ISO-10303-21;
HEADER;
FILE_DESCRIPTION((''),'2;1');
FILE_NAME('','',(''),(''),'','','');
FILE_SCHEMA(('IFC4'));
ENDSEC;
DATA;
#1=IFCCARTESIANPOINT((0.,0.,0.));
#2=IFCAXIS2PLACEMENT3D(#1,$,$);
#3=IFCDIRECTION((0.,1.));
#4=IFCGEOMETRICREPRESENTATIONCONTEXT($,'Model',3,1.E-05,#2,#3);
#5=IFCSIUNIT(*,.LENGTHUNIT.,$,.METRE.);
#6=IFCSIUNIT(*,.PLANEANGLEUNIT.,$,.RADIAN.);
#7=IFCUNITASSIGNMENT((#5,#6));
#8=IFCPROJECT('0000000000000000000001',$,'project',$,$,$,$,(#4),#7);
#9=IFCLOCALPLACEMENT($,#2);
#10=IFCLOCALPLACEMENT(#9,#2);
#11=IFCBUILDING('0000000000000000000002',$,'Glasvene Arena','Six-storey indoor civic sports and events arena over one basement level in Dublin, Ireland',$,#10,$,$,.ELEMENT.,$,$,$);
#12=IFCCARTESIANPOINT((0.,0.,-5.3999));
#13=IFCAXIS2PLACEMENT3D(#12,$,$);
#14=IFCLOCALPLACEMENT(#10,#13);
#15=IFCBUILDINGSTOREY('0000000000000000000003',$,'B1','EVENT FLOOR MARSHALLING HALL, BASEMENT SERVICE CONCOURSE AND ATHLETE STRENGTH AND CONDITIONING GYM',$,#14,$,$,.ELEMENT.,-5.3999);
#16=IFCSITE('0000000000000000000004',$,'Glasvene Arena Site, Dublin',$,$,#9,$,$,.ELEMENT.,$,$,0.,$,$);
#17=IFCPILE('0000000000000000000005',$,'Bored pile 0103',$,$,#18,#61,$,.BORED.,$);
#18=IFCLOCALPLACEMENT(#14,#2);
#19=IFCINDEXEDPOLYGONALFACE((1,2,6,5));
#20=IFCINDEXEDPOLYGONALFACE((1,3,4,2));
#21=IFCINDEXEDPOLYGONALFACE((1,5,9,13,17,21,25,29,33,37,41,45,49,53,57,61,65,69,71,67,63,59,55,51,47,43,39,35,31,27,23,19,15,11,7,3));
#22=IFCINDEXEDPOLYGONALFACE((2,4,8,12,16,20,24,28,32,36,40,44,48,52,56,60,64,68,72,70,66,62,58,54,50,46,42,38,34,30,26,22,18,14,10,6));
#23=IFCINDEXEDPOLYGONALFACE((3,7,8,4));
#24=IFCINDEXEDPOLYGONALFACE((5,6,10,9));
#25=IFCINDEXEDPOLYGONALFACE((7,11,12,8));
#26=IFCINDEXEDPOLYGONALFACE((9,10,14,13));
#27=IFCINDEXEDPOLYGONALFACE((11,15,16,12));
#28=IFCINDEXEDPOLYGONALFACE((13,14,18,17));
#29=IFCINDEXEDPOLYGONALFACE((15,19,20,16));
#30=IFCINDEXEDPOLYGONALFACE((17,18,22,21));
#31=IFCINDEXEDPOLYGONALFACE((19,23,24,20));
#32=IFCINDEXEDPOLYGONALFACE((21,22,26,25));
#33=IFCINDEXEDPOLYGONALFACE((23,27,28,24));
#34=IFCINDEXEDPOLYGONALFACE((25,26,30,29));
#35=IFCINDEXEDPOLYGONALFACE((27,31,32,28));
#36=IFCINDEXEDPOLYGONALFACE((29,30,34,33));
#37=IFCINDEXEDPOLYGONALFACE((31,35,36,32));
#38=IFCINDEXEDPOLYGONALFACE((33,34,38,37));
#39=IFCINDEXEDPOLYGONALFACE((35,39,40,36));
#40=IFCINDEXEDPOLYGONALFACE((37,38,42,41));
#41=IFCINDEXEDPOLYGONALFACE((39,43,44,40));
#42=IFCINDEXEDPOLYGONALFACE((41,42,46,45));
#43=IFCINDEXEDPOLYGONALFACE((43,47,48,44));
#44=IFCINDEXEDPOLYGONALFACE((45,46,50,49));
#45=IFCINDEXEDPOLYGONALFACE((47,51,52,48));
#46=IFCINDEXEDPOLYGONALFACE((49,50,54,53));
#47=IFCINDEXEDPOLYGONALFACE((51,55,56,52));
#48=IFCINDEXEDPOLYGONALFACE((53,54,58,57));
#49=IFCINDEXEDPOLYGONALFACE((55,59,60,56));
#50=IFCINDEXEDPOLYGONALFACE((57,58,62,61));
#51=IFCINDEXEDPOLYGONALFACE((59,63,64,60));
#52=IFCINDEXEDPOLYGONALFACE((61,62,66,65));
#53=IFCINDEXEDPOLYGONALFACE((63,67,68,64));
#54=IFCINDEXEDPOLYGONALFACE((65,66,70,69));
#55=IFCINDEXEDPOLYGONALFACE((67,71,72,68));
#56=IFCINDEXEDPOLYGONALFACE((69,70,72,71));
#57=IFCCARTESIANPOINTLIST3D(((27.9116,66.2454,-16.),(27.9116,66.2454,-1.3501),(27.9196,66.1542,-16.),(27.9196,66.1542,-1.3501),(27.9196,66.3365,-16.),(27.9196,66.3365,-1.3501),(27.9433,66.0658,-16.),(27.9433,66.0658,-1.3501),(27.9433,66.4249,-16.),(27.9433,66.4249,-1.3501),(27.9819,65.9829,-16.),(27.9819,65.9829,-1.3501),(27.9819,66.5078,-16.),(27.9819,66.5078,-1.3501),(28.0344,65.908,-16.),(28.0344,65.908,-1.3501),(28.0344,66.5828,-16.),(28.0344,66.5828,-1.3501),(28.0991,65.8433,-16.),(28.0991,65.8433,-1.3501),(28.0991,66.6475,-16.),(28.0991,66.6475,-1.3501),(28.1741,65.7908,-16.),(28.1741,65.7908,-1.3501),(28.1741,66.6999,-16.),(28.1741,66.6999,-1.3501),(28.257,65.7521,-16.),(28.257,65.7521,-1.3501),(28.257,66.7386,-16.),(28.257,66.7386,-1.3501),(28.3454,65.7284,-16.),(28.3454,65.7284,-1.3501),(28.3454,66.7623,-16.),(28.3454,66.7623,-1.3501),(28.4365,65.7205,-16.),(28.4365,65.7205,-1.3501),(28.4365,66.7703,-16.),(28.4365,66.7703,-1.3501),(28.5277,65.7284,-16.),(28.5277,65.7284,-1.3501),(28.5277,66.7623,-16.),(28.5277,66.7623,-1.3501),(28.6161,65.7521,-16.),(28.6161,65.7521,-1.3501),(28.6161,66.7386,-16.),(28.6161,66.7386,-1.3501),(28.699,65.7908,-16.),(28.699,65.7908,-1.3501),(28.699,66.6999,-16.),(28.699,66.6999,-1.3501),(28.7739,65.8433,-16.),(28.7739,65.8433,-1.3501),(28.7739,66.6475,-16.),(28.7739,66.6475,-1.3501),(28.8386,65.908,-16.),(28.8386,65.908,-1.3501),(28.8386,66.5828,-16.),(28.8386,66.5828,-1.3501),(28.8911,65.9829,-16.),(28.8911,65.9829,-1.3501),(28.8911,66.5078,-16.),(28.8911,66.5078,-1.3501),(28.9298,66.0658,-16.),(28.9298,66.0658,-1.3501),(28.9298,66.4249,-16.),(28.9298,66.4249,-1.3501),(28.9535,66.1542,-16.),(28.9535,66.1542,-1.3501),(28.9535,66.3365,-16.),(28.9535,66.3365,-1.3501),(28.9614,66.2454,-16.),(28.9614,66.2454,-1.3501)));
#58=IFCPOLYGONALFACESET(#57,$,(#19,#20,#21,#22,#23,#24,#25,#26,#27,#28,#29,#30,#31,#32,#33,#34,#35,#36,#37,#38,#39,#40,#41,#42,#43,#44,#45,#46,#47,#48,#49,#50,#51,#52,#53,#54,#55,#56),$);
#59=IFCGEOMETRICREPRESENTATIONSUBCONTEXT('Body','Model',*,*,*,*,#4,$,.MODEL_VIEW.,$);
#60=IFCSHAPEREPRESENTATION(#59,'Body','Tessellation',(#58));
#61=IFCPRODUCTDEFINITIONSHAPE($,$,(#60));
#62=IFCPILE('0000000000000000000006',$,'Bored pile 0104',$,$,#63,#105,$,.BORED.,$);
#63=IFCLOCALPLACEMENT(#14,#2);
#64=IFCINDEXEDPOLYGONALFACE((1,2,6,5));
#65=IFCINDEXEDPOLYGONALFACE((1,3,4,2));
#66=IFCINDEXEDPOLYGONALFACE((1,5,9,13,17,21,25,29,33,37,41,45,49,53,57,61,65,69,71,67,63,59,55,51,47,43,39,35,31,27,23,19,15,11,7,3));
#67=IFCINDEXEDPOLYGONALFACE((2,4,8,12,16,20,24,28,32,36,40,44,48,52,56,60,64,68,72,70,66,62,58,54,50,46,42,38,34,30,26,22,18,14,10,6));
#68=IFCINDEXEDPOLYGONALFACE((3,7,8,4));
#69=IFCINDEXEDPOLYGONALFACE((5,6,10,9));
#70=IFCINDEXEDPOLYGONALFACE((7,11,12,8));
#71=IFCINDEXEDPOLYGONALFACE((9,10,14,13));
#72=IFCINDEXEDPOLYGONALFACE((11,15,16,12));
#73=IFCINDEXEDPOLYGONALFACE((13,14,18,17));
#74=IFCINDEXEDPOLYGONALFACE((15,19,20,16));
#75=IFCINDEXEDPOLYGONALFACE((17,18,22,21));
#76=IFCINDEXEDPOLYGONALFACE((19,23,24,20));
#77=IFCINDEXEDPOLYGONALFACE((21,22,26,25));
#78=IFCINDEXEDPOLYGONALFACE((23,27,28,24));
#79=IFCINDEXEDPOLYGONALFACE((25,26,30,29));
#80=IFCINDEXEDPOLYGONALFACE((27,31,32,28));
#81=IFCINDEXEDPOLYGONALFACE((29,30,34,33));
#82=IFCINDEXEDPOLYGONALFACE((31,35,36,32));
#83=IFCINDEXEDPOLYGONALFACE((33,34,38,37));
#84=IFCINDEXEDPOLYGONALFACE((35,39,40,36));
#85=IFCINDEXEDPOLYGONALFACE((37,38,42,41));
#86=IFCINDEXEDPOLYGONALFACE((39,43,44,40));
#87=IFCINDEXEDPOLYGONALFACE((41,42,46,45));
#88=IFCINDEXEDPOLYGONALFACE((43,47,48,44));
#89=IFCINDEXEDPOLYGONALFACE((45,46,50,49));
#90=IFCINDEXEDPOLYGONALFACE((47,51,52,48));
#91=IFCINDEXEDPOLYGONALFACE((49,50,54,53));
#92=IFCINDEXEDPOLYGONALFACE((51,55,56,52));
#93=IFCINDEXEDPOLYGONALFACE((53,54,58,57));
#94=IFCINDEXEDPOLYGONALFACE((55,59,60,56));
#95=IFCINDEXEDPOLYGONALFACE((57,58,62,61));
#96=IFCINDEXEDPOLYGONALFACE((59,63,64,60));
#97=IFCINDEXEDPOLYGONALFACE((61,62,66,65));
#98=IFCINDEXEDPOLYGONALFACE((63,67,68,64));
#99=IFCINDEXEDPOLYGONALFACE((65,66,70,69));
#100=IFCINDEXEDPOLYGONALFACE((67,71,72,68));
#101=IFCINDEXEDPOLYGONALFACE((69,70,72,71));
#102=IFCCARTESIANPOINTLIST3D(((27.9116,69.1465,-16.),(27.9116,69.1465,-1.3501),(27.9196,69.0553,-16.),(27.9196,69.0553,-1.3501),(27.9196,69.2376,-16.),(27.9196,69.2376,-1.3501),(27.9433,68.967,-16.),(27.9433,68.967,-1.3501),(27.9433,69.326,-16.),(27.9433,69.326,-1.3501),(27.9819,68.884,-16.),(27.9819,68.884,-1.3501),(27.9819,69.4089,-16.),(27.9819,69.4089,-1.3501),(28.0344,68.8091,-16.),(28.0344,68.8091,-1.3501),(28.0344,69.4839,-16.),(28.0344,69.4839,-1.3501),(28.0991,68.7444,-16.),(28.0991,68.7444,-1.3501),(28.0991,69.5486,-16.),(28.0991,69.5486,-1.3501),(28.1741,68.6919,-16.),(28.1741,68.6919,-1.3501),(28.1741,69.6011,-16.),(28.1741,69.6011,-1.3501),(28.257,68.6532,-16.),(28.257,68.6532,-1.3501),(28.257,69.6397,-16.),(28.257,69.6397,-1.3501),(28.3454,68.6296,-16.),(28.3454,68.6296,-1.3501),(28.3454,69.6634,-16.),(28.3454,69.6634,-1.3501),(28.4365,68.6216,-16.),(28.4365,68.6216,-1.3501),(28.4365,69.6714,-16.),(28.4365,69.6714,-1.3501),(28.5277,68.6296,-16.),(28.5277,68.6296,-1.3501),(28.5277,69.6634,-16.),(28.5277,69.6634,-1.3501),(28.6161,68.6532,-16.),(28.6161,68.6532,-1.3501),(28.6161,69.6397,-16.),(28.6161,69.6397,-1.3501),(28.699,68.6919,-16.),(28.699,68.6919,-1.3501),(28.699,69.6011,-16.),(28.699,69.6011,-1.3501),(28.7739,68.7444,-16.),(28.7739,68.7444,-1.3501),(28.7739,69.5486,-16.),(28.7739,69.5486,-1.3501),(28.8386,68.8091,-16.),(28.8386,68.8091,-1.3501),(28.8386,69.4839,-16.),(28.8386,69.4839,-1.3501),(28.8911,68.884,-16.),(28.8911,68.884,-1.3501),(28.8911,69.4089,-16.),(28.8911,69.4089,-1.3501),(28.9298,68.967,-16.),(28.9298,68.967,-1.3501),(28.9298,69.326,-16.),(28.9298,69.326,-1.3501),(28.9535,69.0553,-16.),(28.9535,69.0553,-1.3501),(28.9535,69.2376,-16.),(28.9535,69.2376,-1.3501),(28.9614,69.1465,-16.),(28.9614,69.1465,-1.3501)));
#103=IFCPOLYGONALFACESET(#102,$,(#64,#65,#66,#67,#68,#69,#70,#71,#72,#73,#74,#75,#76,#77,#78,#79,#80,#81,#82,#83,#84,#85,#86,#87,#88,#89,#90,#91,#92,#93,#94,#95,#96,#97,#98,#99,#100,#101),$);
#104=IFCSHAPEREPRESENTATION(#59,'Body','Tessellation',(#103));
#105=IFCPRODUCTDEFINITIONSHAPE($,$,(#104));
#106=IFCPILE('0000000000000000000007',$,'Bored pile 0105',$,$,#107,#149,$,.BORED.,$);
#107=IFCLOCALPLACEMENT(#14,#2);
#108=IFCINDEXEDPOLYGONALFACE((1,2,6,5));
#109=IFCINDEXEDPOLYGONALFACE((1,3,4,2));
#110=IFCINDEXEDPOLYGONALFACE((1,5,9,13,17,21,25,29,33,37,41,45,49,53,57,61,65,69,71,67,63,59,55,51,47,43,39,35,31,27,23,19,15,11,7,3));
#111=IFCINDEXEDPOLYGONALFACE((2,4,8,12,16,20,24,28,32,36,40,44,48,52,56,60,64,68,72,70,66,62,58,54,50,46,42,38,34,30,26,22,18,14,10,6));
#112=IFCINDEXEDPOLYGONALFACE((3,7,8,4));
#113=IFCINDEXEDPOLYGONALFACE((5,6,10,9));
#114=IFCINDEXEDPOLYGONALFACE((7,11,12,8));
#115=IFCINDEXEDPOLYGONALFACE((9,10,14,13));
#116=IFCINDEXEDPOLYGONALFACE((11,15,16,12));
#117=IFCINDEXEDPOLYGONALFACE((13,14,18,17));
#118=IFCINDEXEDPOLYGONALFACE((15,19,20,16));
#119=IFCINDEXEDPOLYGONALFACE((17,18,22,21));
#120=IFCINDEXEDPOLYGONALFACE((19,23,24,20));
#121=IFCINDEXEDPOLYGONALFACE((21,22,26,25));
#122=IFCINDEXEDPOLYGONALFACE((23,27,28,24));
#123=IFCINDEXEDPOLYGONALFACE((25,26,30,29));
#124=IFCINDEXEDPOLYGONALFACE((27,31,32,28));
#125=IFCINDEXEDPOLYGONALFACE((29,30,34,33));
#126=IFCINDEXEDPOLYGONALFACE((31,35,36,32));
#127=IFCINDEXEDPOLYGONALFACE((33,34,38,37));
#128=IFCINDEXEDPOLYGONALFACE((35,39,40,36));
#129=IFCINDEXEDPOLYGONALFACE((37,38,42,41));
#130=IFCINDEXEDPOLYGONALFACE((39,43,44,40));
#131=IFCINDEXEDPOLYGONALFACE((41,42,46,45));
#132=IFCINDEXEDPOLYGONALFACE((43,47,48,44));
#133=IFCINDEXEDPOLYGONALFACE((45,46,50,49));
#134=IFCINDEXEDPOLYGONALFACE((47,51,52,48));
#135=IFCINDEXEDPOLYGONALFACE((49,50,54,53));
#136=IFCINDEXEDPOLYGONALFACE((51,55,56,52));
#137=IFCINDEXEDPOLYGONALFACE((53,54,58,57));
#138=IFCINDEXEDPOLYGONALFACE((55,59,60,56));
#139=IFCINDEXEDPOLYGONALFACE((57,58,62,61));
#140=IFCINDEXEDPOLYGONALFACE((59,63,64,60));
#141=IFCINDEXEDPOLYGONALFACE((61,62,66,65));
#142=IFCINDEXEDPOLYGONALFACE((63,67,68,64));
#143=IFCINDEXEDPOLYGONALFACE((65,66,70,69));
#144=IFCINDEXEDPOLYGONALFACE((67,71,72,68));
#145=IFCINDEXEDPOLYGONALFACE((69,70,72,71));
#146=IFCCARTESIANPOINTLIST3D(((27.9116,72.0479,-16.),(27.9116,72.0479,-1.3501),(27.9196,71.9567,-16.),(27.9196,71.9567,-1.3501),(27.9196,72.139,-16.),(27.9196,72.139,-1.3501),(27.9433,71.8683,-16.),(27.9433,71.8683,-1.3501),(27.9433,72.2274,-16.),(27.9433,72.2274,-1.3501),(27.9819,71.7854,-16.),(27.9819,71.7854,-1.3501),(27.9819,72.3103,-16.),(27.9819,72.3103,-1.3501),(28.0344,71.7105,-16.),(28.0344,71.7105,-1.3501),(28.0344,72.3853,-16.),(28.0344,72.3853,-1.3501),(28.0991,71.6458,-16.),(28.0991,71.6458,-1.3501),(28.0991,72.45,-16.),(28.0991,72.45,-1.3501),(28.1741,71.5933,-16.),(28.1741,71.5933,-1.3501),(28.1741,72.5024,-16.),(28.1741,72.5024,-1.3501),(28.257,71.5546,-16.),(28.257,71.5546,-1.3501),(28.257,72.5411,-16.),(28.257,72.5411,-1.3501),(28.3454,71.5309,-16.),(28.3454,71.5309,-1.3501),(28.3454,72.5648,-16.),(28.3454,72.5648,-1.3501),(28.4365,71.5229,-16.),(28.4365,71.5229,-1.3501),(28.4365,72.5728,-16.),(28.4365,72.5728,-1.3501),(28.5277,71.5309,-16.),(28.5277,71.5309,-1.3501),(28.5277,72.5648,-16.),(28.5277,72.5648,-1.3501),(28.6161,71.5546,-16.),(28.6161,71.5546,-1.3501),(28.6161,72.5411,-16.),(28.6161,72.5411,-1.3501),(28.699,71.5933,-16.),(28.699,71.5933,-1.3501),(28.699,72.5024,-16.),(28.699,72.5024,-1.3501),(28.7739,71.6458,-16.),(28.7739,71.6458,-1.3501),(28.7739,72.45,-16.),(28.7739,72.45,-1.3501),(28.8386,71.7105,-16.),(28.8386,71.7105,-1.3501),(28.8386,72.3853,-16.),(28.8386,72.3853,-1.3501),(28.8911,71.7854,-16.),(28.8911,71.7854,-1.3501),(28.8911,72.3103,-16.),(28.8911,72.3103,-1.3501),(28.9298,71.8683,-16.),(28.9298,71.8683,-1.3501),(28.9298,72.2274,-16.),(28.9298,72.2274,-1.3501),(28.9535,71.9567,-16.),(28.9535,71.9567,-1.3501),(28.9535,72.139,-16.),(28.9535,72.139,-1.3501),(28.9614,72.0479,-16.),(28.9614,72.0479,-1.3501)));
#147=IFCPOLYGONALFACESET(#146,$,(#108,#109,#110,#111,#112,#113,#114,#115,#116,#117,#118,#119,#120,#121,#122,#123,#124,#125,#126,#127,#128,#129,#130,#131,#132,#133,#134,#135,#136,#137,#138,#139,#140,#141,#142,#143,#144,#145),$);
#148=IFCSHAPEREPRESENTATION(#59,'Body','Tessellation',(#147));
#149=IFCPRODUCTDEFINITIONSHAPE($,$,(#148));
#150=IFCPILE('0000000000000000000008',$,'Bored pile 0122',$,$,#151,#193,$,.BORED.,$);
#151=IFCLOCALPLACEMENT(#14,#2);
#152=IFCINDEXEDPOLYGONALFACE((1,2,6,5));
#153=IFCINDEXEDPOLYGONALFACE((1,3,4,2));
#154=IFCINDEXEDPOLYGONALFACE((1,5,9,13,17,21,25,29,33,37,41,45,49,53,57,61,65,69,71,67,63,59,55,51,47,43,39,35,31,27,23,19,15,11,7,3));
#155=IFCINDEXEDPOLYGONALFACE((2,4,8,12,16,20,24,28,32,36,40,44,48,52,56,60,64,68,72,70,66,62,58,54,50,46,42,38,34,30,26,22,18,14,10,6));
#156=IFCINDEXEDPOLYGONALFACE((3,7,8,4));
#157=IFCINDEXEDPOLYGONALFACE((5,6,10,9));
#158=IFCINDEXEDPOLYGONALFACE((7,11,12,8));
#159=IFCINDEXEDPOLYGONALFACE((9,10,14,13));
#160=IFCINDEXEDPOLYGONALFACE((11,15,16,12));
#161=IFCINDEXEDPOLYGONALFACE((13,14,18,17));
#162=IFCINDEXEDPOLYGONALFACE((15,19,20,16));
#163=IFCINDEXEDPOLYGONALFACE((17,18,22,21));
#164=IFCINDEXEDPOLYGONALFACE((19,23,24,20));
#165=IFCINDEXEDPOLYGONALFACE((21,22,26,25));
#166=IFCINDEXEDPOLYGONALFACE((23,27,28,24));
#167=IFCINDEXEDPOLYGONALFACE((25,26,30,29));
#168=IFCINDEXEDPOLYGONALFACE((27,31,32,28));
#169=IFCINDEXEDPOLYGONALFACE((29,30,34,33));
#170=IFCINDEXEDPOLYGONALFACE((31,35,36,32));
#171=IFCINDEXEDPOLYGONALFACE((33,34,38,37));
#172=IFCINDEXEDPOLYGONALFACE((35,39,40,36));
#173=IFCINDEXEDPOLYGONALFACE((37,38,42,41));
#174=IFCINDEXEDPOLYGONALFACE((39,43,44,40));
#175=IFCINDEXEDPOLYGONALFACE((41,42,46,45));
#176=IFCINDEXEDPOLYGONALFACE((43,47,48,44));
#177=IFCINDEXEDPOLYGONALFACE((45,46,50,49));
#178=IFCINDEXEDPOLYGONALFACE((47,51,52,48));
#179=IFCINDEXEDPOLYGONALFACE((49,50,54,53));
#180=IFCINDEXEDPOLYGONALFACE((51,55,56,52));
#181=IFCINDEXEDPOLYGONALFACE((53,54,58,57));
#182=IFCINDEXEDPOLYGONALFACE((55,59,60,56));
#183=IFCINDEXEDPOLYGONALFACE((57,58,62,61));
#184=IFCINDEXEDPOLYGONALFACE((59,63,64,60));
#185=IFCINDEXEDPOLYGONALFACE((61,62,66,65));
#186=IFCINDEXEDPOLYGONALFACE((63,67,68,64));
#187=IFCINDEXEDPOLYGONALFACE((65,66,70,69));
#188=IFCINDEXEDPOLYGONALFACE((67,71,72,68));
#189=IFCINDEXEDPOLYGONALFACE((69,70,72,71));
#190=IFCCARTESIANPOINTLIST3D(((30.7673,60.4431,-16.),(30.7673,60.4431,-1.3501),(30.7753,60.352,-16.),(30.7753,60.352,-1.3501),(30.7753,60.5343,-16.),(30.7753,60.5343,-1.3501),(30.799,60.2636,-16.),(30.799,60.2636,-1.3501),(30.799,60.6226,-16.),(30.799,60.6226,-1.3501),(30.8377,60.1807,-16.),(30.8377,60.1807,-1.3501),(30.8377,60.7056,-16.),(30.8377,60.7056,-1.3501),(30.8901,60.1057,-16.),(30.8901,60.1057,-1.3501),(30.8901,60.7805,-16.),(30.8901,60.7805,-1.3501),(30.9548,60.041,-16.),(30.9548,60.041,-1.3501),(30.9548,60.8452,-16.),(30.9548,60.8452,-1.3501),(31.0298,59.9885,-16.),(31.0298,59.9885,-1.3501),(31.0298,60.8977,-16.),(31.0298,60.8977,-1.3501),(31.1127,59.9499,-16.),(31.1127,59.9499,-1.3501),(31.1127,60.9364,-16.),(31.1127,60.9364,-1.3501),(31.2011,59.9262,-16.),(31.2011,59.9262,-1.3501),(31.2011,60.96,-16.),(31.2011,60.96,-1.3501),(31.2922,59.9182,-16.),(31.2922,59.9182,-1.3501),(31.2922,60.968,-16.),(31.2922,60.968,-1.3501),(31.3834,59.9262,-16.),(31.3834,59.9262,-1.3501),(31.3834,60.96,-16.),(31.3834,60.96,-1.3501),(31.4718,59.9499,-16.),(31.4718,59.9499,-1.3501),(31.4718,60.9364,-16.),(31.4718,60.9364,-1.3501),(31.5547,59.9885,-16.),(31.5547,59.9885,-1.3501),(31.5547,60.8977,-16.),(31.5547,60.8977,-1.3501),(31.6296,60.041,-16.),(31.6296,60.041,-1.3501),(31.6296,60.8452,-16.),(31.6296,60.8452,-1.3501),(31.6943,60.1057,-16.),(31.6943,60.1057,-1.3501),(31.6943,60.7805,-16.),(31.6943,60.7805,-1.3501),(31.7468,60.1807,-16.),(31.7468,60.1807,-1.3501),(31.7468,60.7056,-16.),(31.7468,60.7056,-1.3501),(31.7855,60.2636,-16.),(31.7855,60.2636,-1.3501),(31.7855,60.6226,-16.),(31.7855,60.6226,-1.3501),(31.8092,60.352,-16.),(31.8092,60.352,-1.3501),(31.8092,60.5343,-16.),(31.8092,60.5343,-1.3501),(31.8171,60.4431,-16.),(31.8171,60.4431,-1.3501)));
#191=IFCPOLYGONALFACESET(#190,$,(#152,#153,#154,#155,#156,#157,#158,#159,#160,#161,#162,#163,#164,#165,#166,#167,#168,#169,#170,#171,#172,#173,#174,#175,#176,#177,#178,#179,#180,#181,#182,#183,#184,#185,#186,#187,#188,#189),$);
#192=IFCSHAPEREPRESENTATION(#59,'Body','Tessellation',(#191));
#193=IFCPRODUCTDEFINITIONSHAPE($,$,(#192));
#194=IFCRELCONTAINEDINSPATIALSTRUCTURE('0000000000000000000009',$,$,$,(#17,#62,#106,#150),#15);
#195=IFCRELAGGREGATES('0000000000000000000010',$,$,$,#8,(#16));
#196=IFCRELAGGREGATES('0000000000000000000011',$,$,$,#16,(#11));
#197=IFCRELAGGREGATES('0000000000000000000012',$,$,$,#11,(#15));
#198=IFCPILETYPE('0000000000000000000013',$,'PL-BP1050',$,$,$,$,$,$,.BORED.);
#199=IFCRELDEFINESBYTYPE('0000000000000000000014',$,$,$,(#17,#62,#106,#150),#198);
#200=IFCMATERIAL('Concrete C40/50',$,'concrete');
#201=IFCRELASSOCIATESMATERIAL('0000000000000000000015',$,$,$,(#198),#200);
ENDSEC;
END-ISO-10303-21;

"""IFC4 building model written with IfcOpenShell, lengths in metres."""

from ifc_helpers import new_model, si_unit, direction, frame, origin, origin_2d, place, context, subcontext, project, spatial, circle, extrude, material, material_profile, profile_set, type_object, element, save


model = new_model("IFC4")

# Units and contexts
model_context = context("Model", 3, precision=1e-05, world=origin(), true_north=direction((0.0, 1.0)))
body_context = subcontext(model_context, "Body", "Model", "MODEL_VIEW")
ifc_project = project(units=[si_unit("LENGTHUNIT", "METRE"), si_unit("PLANEANGLEUNIT", "RADIAN")], contexts=[model_context])

# Site, building, storey
site_placement = place(None, origin())
site = spatial("IfcSite", under=ifc_project, at=site_placement, Name="Glasvene Arena Site, Dublin", CompositionType="ELEMENT", RefElevation=0.0)
building_placement = place(site_placement, origin())
building = spatial("IfcBuilding", under=site, at=building_placement, Name="Glasvene Arena", Description="Six-storey indoor civic sports and events arena over one basement level in Dublin, Ireland", CompositionType="ELEMENT")
storey_placement = place(building_placement, frame((0.0, 0.0, -5.3999)))
storey = spatial("IfcBuildingStorey", under=building, at=storey_placement, Name="B1", Description="EVENT FLOOR MARSHALLING HALL, BASEMENT SERVICE CONCOURSE AND ATHLETE STRENGTH AND CONDITIONING GYM", CompositionType="ELEMENT", Elevation=-5.3999)

# Shared definitions
ifc_material_1 = material(Name="Concrete C40/50", Category="concrete")

# Piles
ifc_material_profile_1 = material_profile(ifc_material_1, circle(Radius=0.5249, at=origin_2d()), Name="BORED PILE 1050")
ifc_profile_set_1 = profile_set([ifc_material_profile_1], Name="Concrete C40/50")
pile_type = type_object("IfcPileType", Name="PL-BP1050", PredefinedType="BORED", material=ifc_profile_set_1)
for number, where, z_axis, x_axis, name in (
    (1, (28.4365, 66.2454, -1.3501), (0.0, 0.0, -1.0), (1.0, 0.0, 0.0), "Bored pile 0103"),
    (2, (28.4365, 69.1465, -1.3501), (0.0, 0.0, -1.0), (1.0, 0.0, 0.0), "Bored pile 0104"),
    (3, (28.4365, 72.0479, -1.3501), (0.0, 0.0, -1.0), (1.0, 0.0, 0.0), "Bored pile 0105"),
    (4, (31.2922, 60.4431, -1.3501), (0.0, 0.0, -1.0), (1.0, 0.0, 0.0), "Bored pile 0122"),
):
    element("IfcPile", number, at=place(storey_placement, frame(where, z_axis=z_axis, x_axis=x_axis)), inside=storey, type_object=pile_type, Name=name, PredefinedType="BORED", context=body_context, shape_type="SweptSolid", body=[
        extrude(circle(Radius=0.5249, at=origin_2d()), origin(), (0.0, 0.0, 1.0), 14.6499),
    ])

save(model, "model.ifc")
